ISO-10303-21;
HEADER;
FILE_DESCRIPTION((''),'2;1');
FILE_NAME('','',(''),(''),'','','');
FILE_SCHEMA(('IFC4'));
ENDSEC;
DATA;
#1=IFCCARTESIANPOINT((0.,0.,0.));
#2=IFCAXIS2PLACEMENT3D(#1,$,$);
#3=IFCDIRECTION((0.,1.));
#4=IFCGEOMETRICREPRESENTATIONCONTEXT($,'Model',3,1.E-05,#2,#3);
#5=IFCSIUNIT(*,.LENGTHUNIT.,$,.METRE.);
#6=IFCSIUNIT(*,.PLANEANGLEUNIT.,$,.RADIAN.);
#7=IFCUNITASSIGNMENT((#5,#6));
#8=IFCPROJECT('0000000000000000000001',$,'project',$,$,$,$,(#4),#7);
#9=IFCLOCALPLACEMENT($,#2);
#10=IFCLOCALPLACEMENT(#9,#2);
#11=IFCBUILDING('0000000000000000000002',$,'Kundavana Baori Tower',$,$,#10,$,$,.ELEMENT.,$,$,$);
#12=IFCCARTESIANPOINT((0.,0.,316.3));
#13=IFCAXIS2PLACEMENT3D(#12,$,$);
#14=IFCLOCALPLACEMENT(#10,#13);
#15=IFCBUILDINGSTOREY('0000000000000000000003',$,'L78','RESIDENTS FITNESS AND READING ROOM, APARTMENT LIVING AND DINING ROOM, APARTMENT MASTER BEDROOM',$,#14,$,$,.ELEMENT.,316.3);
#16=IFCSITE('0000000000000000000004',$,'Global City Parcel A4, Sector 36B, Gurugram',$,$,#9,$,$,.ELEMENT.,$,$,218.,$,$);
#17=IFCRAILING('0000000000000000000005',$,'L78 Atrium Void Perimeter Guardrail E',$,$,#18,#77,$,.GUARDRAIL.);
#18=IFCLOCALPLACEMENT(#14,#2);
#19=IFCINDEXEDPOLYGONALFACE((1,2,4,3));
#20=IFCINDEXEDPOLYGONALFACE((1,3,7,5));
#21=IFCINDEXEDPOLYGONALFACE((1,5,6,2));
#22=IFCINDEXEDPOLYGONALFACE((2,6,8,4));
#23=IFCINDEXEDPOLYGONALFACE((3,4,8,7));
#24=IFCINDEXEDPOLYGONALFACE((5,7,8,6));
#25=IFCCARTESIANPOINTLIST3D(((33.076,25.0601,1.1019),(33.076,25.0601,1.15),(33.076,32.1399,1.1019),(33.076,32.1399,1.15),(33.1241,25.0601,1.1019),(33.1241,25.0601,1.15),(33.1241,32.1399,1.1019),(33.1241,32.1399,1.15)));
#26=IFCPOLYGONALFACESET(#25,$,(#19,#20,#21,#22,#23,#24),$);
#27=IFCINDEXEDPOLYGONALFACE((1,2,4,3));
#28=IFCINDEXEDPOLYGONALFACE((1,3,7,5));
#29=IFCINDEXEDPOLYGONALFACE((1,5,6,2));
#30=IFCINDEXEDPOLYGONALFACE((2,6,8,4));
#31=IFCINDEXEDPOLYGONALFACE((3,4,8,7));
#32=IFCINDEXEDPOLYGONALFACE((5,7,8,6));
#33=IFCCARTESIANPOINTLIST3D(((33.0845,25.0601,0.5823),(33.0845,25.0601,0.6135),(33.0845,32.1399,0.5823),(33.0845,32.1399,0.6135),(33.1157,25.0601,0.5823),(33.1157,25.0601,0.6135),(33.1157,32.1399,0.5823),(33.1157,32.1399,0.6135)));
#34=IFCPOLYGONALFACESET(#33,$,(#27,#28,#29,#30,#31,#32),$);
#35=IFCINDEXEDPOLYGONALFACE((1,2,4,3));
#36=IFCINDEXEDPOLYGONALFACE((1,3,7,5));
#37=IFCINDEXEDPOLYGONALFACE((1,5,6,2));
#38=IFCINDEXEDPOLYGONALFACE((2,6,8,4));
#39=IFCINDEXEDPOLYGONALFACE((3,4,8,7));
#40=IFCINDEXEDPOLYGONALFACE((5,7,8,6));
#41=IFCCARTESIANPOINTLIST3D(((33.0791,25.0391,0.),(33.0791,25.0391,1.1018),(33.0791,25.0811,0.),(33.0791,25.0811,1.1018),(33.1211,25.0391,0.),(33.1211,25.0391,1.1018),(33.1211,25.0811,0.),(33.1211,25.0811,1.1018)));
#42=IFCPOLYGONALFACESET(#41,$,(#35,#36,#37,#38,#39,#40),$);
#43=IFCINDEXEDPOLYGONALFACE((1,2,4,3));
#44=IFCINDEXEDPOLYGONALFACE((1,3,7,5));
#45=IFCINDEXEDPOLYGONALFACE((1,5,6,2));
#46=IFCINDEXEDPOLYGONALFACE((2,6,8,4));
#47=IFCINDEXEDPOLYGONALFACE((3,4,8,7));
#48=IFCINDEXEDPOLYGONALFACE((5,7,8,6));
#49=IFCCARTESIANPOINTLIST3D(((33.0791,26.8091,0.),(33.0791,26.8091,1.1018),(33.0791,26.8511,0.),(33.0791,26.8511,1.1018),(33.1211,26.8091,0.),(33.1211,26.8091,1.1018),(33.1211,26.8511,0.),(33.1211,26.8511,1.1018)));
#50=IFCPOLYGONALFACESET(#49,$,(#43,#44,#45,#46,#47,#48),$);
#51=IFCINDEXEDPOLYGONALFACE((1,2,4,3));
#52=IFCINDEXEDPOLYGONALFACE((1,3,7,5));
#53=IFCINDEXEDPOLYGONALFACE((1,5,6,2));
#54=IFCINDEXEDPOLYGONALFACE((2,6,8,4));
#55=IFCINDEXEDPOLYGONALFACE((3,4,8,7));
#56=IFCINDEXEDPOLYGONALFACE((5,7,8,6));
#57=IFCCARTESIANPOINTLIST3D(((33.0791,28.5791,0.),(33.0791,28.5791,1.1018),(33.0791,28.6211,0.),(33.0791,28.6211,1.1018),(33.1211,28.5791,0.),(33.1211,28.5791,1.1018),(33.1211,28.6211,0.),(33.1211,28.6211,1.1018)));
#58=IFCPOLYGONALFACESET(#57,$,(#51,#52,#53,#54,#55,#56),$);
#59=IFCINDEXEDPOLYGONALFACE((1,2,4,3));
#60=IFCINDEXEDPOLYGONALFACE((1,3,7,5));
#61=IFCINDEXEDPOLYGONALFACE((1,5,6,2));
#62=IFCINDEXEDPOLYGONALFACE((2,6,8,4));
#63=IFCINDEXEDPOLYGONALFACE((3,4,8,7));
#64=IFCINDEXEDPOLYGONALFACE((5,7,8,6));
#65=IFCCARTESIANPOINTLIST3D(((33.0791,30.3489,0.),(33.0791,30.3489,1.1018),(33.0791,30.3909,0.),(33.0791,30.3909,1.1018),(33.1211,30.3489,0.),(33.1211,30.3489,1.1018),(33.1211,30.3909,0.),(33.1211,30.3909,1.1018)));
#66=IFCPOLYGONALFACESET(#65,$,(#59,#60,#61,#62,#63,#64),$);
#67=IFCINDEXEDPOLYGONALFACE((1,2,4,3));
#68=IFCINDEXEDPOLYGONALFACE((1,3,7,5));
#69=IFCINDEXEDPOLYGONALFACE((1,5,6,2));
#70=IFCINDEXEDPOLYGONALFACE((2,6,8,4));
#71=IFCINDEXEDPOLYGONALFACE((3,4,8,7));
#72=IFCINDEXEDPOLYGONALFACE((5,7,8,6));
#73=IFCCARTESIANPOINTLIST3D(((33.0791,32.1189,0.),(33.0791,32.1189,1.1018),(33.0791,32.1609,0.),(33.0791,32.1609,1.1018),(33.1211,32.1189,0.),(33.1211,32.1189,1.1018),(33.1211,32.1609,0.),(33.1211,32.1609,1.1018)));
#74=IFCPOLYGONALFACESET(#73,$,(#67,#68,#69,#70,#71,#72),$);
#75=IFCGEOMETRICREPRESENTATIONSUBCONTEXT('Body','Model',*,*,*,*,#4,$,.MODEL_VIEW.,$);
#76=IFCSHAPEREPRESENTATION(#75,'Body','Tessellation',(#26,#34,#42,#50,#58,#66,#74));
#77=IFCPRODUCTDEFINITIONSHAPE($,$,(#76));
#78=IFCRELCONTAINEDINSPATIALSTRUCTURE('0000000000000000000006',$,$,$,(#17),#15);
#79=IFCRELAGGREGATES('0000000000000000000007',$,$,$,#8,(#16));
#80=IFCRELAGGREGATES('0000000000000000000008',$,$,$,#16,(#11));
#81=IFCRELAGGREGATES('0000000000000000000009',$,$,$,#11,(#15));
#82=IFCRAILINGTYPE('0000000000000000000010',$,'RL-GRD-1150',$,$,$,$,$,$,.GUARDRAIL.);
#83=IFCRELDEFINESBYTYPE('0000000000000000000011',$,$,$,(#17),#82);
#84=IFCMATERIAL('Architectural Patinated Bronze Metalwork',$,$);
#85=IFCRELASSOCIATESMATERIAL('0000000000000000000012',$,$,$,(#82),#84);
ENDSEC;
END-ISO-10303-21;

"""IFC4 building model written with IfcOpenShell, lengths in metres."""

from ifc_helpers import new_model, si_unit, direction, frame, origin, origin_2d, place, context, subcontext, project, spatial, rectangle, extrude, material, type_object, element, save


model = new_model("IFC4")

# Units and contexts
model_context = context("Model", 3, precision=1e-05, world=origin(), true_north=direction((0.0, 1.0)))
body_context = subcontext(model_context, "Body", "Model", "MODEL_VIEW")
ifc_project = project(units=[si_unit("LENGTHUNIT", "METRE"), si_unit("PLANEANGLEUNIT", "RADIAN")], contexts=[model_context])

# Site, building, storey
site_placement = place(None, origin())
site = spatial("IfcSite", under=ifc_project, at=site_placement, Name="Global City Parcel A4, Sector 36B, Gurugram", CompositionType="ELEMENT", RefElevation=218.0)
building_placement = place(site_placement, origin())
building = spatial("IfcBuilding", under=site, at=building_placement, Name="Kundavana Baori Tower", CompositionType="ELEMENT")
storey_placement = place(building_placement, frame((0.0, 0.0, 316.3)))
storey = spatial("IfcBuildingStorey", under=building, at=storey_placement, Name="L78", Description="RESIDENTS FITNESS AND READING ROOM, APARTMENT LIVING AND DINING ROOM, APARTMENT MASTER BEDROOM", CompositionType="ELEMENT", Elevation=316.3)

# Railing
ifc_material_1 = material(Name="Architectural Patinated Bronze Metalwork")
railing_type = type_object("IfcRailingType", Name="RL-GRD-1150", PredefinedType="GUARDRAIL", material=ifc_material_1)
railing_1_placement = place(storey_placement, frame((33.1001, 25.0601, 0.0)))
element("IfcRailing", 1, at=railing_1_placement, inside=storey, type_object=railing_type, Name="L78 Atrium Void Perimeter Guardrail E", PredefinedType="GUARDRAIL", context=body_context, shape_type="SweptSolid", body=[
    extrude(rectangle(XDim=0.0481, YDim=0.0481, at=origin_2d()), frame((0.0, 0.0, 1.126), z_axis=(0.0, 1.0, 0.0), x_axis=(-1.0, 0.0, 0.0)), (0.0, 0.0, 1.0), 7.0798),
    extrude(rectangle(XDim=0.0312, YDim=0.0312, at=origin_2d()), frame((0.0, 0.0, 0.5979), z_axis=(0.0, 1.0, 0.0), x_axis=(-1.0, 0.0, 0.0)), (0.0, 0.0, 1.0), 7.0798),
    extrude(rectangle(XDim=0.042, YDim=0.042, at=origin_2d()), origin(), (0.0, 0.0, 1.0), 1.1018),
    extrude(rectangle(XDim=0.042, YDim=0.042, at=origin_2d()), frame((0.0, 1.77, 0.0)), (0.0, 0.0, 1.0), 1.1018),
    extrude(rectangle(XDim=0.042, YDim=0.042, at=origin_2d()), frame((0.0, 3.54, 0.0)), (0.0, 0.0, 1.0), 1.1018),
    extrude(rectangle(XDim=0.042, YDim=0.042, at=origin_2d()), frame((0.0, 5.3098, 0.0)), (0.0, 0.0, 1.0), 1.1018),
    extrude(rectangle(XDim=0.042, YDim=0.042, at=origin_2d()), frame((0.0, 7.0798, 0.0)), (0.0, 0.0, 1.0), 1.1018),
])

save(model, "model.ifc")
